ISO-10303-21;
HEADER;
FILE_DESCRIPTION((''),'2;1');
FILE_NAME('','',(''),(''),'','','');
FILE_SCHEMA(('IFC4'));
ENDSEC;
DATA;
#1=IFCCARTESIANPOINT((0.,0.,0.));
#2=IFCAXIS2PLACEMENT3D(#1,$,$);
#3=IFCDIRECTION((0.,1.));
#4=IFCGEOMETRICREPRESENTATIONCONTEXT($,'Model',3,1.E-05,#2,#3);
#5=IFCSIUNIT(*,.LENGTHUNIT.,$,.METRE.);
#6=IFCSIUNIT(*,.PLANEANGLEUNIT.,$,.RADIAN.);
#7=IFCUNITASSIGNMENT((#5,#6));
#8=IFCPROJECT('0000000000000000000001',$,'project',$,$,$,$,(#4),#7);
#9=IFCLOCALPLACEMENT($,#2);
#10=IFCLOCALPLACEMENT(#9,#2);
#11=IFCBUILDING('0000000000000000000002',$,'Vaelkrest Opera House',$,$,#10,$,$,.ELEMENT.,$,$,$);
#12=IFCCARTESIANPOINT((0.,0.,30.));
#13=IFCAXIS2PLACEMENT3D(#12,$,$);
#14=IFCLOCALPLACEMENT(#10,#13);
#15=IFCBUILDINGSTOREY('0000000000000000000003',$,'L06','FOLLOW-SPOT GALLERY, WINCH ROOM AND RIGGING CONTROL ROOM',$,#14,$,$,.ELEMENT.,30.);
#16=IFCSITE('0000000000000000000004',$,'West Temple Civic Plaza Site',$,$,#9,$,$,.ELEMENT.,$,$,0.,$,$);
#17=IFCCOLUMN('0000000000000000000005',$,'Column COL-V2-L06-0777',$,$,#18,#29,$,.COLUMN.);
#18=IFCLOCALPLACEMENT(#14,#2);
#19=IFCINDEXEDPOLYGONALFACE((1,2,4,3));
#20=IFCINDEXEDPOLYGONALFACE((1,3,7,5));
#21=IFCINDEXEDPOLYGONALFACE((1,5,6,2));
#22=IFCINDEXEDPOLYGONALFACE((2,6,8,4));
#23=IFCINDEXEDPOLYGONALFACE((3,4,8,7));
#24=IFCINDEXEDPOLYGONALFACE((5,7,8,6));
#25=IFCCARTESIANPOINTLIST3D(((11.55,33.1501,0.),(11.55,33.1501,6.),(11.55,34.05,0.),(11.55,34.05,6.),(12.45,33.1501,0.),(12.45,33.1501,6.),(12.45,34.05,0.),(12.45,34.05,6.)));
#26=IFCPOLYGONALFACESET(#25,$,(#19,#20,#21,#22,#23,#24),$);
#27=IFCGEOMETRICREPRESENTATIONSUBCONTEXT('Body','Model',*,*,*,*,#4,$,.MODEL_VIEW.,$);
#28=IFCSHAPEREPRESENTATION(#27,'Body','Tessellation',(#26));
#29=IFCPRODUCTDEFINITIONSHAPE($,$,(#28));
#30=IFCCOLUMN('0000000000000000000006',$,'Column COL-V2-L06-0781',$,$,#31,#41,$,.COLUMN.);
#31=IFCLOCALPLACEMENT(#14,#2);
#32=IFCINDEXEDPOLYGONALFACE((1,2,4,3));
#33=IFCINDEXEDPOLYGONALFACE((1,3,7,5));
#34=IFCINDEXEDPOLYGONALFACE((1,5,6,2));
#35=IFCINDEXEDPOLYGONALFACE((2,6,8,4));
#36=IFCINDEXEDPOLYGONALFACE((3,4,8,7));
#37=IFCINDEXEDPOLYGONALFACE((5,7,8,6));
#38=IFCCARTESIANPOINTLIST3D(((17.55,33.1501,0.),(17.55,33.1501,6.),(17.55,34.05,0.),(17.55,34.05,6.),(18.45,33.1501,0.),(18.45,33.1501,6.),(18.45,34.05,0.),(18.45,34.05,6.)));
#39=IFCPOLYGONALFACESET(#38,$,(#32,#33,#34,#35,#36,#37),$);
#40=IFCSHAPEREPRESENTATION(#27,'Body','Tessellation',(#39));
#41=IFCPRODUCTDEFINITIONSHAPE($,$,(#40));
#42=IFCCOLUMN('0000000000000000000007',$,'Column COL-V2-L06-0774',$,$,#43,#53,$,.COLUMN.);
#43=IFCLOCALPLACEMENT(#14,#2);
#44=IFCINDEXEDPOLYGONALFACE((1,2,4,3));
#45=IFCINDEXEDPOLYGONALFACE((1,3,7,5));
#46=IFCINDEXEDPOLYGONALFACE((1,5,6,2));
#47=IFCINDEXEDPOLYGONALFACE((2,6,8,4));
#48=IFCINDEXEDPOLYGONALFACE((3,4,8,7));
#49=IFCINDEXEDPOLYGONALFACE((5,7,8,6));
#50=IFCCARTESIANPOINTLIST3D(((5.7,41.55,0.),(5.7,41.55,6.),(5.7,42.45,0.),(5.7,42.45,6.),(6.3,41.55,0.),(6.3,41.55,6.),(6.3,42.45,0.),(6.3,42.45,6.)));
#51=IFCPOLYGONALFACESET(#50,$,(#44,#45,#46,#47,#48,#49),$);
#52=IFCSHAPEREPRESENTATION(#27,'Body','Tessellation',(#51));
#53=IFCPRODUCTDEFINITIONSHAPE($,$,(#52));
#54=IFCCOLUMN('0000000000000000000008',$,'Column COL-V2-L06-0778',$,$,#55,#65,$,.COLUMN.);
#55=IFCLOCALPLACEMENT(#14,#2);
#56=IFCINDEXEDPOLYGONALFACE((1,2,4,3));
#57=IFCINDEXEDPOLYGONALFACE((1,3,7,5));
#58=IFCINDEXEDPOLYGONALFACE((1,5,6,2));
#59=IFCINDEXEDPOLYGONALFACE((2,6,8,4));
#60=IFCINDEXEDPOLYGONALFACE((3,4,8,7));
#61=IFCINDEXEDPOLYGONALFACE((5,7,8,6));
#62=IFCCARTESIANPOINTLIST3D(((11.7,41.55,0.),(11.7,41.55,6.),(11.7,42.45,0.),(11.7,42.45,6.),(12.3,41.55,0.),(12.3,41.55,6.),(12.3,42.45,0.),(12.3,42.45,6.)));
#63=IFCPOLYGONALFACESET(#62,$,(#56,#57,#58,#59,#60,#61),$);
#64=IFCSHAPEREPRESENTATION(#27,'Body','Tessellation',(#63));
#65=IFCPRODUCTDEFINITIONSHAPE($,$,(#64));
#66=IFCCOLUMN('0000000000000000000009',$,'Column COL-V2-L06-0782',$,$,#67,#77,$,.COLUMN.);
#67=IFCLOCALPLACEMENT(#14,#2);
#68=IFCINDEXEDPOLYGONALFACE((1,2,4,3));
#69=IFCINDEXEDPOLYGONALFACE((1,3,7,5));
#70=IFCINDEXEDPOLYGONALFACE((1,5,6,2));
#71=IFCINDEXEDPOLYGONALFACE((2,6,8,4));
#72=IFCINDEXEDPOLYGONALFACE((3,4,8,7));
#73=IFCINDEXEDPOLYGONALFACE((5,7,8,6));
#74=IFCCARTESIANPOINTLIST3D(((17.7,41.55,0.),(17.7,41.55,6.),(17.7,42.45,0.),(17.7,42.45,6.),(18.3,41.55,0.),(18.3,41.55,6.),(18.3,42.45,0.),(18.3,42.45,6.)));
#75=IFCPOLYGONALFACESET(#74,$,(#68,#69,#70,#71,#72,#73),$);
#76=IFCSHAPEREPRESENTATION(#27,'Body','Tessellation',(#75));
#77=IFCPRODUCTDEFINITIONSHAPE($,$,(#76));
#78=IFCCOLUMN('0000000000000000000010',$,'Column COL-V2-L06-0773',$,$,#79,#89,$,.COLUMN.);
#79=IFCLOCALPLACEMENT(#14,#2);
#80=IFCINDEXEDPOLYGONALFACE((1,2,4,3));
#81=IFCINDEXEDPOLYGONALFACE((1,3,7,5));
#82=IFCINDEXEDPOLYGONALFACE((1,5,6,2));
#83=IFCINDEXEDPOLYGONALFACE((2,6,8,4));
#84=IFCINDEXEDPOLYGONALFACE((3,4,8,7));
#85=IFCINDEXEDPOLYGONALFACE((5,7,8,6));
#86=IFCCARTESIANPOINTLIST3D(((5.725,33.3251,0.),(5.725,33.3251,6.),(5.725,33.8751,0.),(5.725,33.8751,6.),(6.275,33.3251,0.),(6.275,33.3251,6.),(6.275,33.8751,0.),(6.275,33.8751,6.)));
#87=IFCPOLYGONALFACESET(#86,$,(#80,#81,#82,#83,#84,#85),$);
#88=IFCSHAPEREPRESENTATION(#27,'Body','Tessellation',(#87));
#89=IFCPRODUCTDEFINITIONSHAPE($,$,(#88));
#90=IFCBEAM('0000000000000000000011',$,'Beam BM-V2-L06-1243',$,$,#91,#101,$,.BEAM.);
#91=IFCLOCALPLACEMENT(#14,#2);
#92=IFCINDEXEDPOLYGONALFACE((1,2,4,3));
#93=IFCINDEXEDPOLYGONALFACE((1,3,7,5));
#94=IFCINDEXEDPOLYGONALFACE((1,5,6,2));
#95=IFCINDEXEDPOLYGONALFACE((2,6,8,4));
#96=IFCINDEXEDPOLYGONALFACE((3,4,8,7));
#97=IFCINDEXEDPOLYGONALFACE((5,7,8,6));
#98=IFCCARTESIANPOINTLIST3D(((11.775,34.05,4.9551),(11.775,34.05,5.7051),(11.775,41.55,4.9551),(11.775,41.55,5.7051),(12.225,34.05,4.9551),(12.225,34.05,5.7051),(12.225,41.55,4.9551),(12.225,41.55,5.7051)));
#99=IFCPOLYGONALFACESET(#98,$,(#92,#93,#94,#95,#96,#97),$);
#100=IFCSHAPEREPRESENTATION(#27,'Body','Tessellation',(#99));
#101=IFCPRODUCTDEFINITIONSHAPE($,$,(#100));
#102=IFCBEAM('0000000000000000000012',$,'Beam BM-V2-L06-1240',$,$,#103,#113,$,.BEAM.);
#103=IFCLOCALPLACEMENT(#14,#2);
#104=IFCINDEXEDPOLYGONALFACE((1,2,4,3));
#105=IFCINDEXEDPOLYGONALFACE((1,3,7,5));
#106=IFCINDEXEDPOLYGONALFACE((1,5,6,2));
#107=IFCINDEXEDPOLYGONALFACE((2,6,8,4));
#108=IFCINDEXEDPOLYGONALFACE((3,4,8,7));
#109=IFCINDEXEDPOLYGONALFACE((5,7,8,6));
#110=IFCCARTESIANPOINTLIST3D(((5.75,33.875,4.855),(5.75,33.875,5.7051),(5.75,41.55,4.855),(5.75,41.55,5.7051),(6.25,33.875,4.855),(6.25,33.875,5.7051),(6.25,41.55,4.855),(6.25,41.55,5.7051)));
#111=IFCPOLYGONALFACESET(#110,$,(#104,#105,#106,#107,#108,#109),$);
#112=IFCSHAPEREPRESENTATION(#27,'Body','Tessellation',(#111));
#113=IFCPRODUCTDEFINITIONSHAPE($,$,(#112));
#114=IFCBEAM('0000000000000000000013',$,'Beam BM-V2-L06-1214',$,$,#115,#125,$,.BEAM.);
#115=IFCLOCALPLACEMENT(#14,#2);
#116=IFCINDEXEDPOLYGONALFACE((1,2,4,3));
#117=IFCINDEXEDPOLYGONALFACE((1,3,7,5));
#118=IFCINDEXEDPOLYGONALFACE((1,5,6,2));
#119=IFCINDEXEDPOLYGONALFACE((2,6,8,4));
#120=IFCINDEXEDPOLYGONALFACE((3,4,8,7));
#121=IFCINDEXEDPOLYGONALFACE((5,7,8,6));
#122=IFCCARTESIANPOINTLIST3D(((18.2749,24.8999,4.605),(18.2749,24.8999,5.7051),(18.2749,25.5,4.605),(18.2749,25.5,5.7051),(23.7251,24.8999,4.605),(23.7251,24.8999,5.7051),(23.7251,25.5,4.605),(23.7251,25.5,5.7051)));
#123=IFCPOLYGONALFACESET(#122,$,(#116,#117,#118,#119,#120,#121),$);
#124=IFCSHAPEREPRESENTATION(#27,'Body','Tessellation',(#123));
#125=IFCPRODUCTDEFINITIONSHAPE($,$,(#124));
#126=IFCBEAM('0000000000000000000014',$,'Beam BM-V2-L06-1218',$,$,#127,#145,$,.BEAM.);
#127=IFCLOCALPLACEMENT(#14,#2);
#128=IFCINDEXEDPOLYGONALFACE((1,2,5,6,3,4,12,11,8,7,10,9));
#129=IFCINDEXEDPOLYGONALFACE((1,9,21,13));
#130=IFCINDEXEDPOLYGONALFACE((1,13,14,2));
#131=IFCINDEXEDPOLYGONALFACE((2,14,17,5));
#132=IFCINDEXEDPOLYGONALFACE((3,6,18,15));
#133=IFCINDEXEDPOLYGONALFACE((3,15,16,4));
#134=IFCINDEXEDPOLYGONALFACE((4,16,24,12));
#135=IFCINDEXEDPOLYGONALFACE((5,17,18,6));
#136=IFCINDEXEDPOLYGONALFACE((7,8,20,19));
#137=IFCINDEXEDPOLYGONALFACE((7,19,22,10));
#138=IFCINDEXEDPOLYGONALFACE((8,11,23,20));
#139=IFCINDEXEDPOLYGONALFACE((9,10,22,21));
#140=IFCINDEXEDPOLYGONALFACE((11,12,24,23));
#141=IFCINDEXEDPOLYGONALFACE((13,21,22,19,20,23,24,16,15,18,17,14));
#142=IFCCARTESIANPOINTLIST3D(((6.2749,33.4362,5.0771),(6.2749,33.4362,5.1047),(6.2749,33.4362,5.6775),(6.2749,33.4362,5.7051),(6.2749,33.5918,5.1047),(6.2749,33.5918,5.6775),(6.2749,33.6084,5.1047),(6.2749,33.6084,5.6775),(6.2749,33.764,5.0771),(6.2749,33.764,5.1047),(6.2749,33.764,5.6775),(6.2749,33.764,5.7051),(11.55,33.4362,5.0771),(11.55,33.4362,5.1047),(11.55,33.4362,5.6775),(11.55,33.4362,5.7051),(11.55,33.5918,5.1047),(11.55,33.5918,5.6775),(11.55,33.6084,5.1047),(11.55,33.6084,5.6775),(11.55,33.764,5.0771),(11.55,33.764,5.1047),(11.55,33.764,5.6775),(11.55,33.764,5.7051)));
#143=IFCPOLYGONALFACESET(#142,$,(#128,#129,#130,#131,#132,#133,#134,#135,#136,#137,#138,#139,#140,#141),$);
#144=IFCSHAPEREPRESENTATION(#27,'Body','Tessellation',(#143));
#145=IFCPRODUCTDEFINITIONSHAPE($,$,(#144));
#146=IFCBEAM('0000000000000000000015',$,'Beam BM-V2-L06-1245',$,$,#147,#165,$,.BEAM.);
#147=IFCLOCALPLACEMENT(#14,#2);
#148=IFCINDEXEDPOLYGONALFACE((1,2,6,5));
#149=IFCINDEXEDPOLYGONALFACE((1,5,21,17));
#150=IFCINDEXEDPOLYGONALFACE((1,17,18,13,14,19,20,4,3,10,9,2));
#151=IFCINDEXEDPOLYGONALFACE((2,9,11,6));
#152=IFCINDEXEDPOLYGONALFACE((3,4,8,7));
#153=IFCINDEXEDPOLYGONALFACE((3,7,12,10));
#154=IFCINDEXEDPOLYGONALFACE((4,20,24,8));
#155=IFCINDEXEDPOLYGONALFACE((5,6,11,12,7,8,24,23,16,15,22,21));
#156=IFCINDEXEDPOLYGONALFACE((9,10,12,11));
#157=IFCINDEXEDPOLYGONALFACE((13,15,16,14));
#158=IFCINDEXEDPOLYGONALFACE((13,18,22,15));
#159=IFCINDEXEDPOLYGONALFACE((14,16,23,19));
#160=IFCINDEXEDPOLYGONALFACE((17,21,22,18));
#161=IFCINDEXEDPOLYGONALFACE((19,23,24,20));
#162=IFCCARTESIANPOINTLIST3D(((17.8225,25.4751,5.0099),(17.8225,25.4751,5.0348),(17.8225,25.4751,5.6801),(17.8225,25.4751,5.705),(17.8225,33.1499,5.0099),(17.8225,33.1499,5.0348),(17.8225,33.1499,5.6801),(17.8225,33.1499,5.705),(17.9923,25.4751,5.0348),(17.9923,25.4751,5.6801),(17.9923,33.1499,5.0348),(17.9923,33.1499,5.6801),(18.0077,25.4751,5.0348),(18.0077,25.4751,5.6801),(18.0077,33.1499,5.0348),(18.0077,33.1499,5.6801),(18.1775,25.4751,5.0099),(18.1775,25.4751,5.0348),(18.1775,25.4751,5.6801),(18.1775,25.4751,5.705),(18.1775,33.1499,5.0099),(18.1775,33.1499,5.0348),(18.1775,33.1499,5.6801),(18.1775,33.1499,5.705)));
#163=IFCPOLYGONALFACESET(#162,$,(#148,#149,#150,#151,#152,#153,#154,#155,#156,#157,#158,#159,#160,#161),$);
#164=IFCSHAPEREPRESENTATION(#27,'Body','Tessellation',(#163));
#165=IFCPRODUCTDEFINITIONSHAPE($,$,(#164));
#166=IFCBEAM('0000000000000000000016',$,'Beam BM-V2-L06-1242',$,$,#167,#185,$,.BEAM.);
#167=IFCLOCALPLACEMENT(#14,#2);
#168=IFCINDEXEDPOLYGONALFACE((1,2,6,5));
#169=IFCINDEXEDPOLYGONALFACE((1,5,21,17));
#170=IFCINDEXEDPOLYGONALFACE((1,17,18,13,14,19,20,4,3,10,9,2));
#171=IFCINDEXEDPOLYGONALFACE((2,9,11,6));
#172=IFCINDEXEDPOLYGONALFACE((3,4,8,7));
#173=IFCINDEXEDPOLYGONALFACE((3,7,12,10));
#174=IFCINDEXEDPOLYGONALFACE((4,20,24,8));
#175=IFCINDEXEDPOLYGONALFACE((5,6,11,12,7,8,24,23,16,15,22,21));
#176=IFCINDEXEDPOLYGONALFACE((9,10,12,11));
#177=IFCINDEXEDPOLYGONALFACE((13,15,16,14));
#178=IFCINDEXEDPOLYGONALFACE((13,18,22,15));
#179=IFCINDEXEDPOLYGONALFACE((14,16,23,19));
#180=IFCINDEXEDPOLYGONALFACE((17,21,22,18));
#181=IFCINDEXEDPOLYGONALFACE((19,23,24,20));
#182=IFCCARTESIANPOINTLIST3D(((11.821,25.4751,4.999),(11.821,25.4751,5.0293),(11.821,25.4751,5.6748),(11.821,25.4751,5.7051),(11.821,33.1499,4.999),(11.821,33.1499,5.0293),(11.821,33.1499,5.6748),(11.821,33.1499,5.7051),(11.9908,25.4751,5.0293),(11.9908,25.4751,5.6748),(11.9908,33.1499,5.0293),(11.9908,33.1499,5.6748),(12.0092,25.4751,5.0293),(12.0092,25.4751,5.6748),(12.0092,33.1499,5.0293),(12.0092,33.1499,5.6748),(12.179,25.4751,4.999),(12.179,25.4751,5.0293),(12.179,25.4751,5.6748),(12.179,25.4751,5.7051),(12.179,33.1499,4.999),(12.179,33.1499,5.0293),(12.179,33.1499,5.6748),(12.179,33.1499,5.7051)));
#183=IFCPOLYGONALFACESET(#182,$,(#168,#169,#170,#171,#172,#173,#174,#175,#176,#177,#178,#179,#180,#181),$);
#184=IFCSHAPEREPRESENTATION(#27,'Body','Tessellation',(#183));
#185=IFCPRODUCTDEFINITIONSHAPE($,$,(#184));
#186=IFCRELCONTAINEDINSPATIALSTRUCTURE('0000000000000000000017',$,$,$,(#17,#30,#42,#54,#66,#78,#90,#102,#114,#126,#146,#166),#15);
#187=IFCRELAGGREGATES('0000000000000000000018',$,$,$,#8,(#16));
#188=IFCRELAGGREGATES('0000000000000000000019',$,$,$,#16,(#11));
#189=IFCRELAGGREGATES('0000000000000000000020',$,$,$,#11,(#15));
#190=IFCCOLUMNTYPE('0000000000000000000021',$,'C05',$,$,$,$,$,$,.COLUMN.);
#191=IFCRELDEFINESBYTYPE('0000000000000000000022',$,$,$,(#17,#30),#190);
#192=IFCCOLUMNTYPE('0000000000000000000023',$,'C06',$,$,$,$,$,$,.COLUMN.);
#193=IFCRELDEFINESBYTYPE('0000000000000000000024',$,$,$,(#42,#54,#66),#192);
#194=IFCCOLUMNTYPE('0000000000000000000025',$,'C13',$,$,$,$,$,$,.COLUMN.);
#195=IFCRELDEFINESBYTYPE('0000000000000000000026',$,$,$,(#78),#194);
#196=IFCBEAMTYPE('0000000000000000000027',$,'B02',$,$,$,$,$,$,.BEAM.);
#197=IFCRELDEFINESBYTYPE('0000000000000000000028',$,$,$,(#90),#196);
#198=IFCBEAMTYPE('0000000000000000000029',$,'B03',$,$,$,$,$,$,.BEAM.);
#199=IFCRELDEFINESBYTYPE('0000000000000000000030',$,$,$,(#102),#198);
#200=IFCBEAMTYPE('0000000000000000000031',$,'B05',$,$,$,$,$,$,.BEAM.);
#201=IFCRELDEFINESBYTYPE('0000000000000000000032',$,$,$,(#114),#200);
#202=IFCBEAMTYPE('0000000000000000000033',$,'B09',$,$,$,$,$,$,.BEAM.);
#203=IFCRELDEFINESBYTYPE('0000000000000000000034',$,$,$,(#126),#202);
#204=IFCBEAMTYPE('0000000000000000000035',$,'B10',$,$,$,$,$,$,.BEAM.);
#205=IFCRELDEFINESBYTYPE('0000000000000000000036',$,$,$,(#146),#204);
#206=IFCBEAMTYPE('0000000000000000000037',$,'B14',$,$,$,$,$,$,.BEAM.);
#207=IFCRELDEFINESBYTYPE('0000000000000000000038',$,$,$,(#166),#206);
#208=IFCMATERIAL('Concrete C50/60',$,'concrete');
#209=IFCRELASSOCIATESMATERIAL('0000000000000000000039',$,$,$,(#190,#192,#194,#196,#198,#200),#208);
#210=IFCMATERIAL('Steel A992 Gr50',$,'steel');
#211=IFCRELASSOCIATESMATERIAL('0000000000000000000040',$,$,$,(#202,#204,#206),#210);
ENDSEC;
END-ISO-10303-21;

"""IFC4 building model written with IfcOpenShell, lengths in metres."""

from ifc_helpers import new_model, si_unit, direction, frame, origin, origin_2d, place, context, subcontext, project, spatial, rectangle, i_section, extrude, material, material_profile, profile_set, type_object, element, save


model = new_model("IFC4")

# Units and contexts
model_context = context("Model", 3, precision=1e-05, world=origin(), true_north=direction((0.0, 1.0)))
body_context = subcontext(model_context, "Body", "Model", "MODEL_VIEW")
ifc_project = project(units=[si_unit("LENGTHUNIT", "METRE"), si_unit("PLANEANGLEUNIT", "RADIAN")], contexts=[model_context])

# Site, building, storey
site_placement = place(None, origin())
site = spatial("IfcSite", under=ifc_project, at=site_placement, Name="West Temple Civic Plaza Site", CompositionType="ELEMENT", RefElevation=0.0)
building_placement = place(site_placement, origin())
building = spatial("IfcBuilding", under=site, at=building_placement, Name="Vaelkrest Opera House", CompositionType="ELEMENT")
storey_placement = place(building_placement, frame((0.0, 0.0, 30.0)))
storey = spatial("IfcBuildingStorey", under=building, at=storey_placement, Name="L06", Description="FOLLOW-SPOT GALLERY, WINCH ROOM AND RIGGING CONTROL ROOM", CompositionType="ELEMENT", Elevation=30.0)

# Columns
ifc_material_1 = material(Name="Concrete C50/60", Category="concrete")
ifc_material_profile_1 = material_profile(ifc_material_1, rectangle(XDim=0.8999, YDim=0.8999, at=origin_2d()), Name="RC900X900")
ifc_profile_set_1 = profile_set([ifc_material_profile_1], Name="Concrete C50/60")
column_type_1 = type_object("IfcColumnType", Name="C05", PredefinedType="COLUMN", material=ifc_profile_set_1)
for number, where, z_axis, x_axis, name in (
    (1, (12.0, 33.6001, 0.0), (0.0, 0.0, 1.0), (1.0, 0.0, 0.0), "Column COL-V2-L06-0777"),
    (2, (18.0, 33.6001, 0.0), (0.0, 0.0, 1.0), (1.0, 0.0, 0.0), "Column COL-V2-L06-0781"),
):
    element("IfcColumn", number, at=place(storey_placement, frame(where, z_axis=z_axis, x_axis=x_axis)), inside=storey, type_object=column_type_1, Name=name, PredefinedType="COLUMN", context=body_context, shape_type="SweptSolid", body=[
        extrude(rectangle(XDim=0.8999, YDim=0.8999, at=origin_2d()), origin(), (0.0, 0.0, 1.0), 6.0),
    ])
ifc_material_profile_2 = material_profile(ifc_material_1, rectangle(XDim=0.6001, YDim=0.8999, at=origin_2d()), Name="RC600X900")
ifc_profile_set_2 = profile_set([ifc_material_profile_2], Name="Concrete C50/60")
column_type_2 = type_object("IfcColumnType", Name="C06", PredefinedType="COLUMN", material=ifc_profile_set_2)
for number, where, z_axis, x_axis, name in (
    (3, (6.0, 42.0, 0.0), (0.0, 0.0, 1.0), (1.0, 0.0, 0.0), "Column COL-V2-L06-0774"),
    (4, (12.0, 42.0, 0.0), (0.0, 0.0, 1.0), (1.0, 0.0, 0.0), "Column COL-V2-L06-0778"),
    (5, (18.0, 42.0, 0.0), (0.0, 0.0, 1.0), (1.0, 0.0, 0.0), "Column COL-V2-L06-0782"),
):
    element("IfcColumn", number, at=place(storey_placement, frame(where, z_axis=z_axis, x_axis=x_axis)), inside=storey, type_object=column_type_2, Name=name, PredefinedType="COLUMN", context=body_context, shape_type="SweptSolid", body=[
        extrude(rectangle(XDim=0.6001, YDim=0.8999, at=origin_2d()), origin(), (0.0, 0.0, 1.0), 6.0),
    ])
ifc_material_profile_3 = material_profile(ifc_material_1, rectangle(XDim=0.55, YDim=0.55, at=origin_2d()), Name="RC550X550")
ifc_profile_set_3 = profile_set([ifc_material_profile_3], Name="Concrete C50/60")
column_type_3 = type_object("IfcColumnType", Name="C13", PredefinedType="COLUMN", material=ifc_profile_set_3)
column_placement = place(storey_placement, frame((6.0, 33.6001, 0.0), z_axis=(0.0, 0.0, 1.0), x_axis=(1.0, 0.0, 0.0)))
element("IfcColumn", 6, at=column_placement, inside=storey, type_object=column_type_3, Name="Column COL-V2-L06-0773", PredefinedType="COLUMN", context=body_context, shape_type="SweptSolid", body=[
    extrude(rectangle(XDim=0.55, YDim=0.55, at=origin_2d()), origin(), (0.0, 0.0, 1.0), 6.0),
])

# Beams
ifc_material_profile_4 = material_profile(ifc_material_1, rectangle(XDim=0.45, YDim=0.75, at=origin_2d()), Name="RCB450X750")
ifc_profile_set_4 = profile_set([ifc_material_profile_4], Name="Concrete C50/60")
beam_type_1 = type_object("IfcBeamType", Name="B02", PredefinedType="BEAM", material=ifc_profile_set_4)
beam_1_placement = place(storey_placement, frame((12.0, 34.05, 5.3301), z_axis=(0.0, 1.0, 0.0), x_axis=(-1.0, 0.0, 0.0)))
element("IfcBeam", 7, at=beam_1_placement, inside=storey, type_object=beam_type_1, Name="Beam BM-V2-L06-1243", PredefinedType="BEAM", context=body_context, shape_type="SweptSolid", body=[
    extrude(rectangle(XDim=0.45, YDim=0.75, at=origin_2d()), origin(), (0.0, 0.0, 1.0), 7.5),
])
ifc_material_profile_5 = material_profile(ifc_material_1, rectangle(XDim=0.5, YDim=0.8501, at=origin_2d()), Name="RCB500X850")
ifc_profile_set_5 = profile_set([ifc_material_profile_5], Name="Concrete C50/60")
beam_type_2 = type_object("IfcBeamType", Name="B03", PredefinedType="BEAM", material=ifc_profile_set_5)
beam_2_placement = place(storey_placement, frame((6.0, 33.875, 5.28), z_axis=(0.0, 1.0, 0.0), x_axis=(-1.0, 0.0, 0.0)))
element("IfcBeam", 8, at=beam_2_placement, inside=storey, type_object=beam_type_2, Name="Beam BM-V2-L06-1240", PredefinedType="BEAM", context=body_context, shape_type="SweptSolid", body=[
    extrude(rectangle(XDim=0.5, YDim=0.8501, at=origin_2d()), origin(), (0.0, 0.0, 1.0), 7.675),
])
ifc_material_profile_6 = material_profile(ifc_material_1, rectangle(XDim=0.6001, YDim=1.1001, at=origin_2d()), Name="RCB600X1100")
ifc_profile_set_6 = profile_set([ifc_material_profile_6], Name="Concrete C50/60")
beam_type_3 = type_object("IfcBeamType", Name="B05", PredefinedType="BEAM", material=ifc_profile_set_6)
beam_3_placement = place(storey_placement, frame((18.2749, 25.2, 5.155), z_axis=(1.0, 0.0, 0.0), x_axis=(0.0, 1.0, 0.0)))
element("IfcBeam", 9, at=beam_3_placement, inside=storey, type_object=beam_type_3, Name="Beam BM-V2-L06-1214", PredefinedType="BEAM", context=body_context, shape_type="SweptSolid", body=[
    extrude(rectangle(XDim=0.6001, YDim=1.1001, at=origin_2d()), origin(), (0.0, 0.0, 1.0), 5.4502),
])
ifc_material_2 = material(Name="Steel A992 Gr50", Category="steel")
ifc_material_profile_7 = material_profile(ifc_material_2, i_section(OverallWidth=0.3279, OverallDepth=0.6279, WebThickness=0.0166, FlangeThickness=0.0276, at=origin_2d()), Name="W24X146")
ifc_profile_set_7 = profile_set([ifc_material_profile_7], Name="Steel A992 Gr50")
beam_type_4 = type_object("IfcBeamType", Name="B09", PredefinedType="BEAM", material=ifc_profile_set_7)
beam_4_placement = place(storey_placement, frame((6.2749, 33.6001, 5.3911), z_axis=(1.0, 0.0, 0.0), x_axis=(0.0, 1.0, 0.0)))
element("IfcBeam", 10, at=beam_4_placement, inside=storey, type_object=beam_type_4, Name="Beam BM-V2-L06-1218", PredefinedType="BEAM", context=body_context, shape_type="SweptSolid", body=[
    extrude(i_section(OverallWidth=0.3279, OverallDepth=0.6279, WebThickness=0.0166, FlangeThickness=0.0276, at=origin_2d()), origin(), (0.0, 0.0, 1.0), 5.2751),
])
ifc_material_profile_8 = material_profile(ifc_material_2, i_section(OverallWidth=0.355, OverallDepth=0.6951, WebThickness=0.0154, FlangeThickness=0.0249, at=origin_2d()), Name="W27X146")
ifc_profile_set_8 = profile_set([ifc_material_profile_8], Name="Steel A992 Gr50")
beam_type_5 = type_object("IfcBeamType", Name="B10", PredefinedType="BEAM", material=ifc_profile_set_8)
beam_5_placement = place(storey_placement, frame((18.0, 25.4751, 5.3574), z_axis=(0.0, 1.0, 0.0), x_axis=(-1.0, 0.0, 0.0)))
element("IfcBeam", 11, at=beam_5_placement, inside=storey, type_object=beam_type_5, Name="Beam BM-V2-L06-1245", PredefinedType="BEAM", context=body_context, shape_type="SweptSolid", body=[
    extrude(i_section(OverallWidth=0.355, OverallDepth=0.6951, WebThickness=0.0154, FlangeThickness=0.0249, at=origin_2d()), origin(), (0.0, 0.0, 1.0), 7.6748),
])
ifc_material_profile_9 = material_profile(ifc_material_2, i_section(OverallWidth=0.3579, OverallDepth=0.7061, WebThickness=0.0183, FlangeThickness=0.0303, at=origin_2d()), Name="W27X178")
ifc_profile_set_9 = profile_set([ifc_material_profile_9], Name="Steel A992 Gr50")
beam_type_6 = type_object("IfcBeamType", Name="B14", PredefinedType="BEAM", material=ifc_profile_set_9)
beam_6_placement = place(storey_placement, frame((12.0, 25.4751, 5.3521), z_axis=(0.0, 1.0, 0.0), x_axis=(-1.0, 0.0, 0.0)))
element("IfcBeam", 12, at=beam_6_placement, inside=storey, type_object=beam_type_6, Name="Beam BM-V2-L06-1242", PredefinedType="BEAM", context=body_context, shape_type="SweptSolid", body=[
    extrude(i_section(OverallWidth=0.3579, OverallDepth=0.7061, WebThickness=0.0183, FlangeThickness=0.0303, at=origin_2d()), origin(), (0.0, 0.0, 1.0), 7.6748),
])

save(model, "model.ifc")
